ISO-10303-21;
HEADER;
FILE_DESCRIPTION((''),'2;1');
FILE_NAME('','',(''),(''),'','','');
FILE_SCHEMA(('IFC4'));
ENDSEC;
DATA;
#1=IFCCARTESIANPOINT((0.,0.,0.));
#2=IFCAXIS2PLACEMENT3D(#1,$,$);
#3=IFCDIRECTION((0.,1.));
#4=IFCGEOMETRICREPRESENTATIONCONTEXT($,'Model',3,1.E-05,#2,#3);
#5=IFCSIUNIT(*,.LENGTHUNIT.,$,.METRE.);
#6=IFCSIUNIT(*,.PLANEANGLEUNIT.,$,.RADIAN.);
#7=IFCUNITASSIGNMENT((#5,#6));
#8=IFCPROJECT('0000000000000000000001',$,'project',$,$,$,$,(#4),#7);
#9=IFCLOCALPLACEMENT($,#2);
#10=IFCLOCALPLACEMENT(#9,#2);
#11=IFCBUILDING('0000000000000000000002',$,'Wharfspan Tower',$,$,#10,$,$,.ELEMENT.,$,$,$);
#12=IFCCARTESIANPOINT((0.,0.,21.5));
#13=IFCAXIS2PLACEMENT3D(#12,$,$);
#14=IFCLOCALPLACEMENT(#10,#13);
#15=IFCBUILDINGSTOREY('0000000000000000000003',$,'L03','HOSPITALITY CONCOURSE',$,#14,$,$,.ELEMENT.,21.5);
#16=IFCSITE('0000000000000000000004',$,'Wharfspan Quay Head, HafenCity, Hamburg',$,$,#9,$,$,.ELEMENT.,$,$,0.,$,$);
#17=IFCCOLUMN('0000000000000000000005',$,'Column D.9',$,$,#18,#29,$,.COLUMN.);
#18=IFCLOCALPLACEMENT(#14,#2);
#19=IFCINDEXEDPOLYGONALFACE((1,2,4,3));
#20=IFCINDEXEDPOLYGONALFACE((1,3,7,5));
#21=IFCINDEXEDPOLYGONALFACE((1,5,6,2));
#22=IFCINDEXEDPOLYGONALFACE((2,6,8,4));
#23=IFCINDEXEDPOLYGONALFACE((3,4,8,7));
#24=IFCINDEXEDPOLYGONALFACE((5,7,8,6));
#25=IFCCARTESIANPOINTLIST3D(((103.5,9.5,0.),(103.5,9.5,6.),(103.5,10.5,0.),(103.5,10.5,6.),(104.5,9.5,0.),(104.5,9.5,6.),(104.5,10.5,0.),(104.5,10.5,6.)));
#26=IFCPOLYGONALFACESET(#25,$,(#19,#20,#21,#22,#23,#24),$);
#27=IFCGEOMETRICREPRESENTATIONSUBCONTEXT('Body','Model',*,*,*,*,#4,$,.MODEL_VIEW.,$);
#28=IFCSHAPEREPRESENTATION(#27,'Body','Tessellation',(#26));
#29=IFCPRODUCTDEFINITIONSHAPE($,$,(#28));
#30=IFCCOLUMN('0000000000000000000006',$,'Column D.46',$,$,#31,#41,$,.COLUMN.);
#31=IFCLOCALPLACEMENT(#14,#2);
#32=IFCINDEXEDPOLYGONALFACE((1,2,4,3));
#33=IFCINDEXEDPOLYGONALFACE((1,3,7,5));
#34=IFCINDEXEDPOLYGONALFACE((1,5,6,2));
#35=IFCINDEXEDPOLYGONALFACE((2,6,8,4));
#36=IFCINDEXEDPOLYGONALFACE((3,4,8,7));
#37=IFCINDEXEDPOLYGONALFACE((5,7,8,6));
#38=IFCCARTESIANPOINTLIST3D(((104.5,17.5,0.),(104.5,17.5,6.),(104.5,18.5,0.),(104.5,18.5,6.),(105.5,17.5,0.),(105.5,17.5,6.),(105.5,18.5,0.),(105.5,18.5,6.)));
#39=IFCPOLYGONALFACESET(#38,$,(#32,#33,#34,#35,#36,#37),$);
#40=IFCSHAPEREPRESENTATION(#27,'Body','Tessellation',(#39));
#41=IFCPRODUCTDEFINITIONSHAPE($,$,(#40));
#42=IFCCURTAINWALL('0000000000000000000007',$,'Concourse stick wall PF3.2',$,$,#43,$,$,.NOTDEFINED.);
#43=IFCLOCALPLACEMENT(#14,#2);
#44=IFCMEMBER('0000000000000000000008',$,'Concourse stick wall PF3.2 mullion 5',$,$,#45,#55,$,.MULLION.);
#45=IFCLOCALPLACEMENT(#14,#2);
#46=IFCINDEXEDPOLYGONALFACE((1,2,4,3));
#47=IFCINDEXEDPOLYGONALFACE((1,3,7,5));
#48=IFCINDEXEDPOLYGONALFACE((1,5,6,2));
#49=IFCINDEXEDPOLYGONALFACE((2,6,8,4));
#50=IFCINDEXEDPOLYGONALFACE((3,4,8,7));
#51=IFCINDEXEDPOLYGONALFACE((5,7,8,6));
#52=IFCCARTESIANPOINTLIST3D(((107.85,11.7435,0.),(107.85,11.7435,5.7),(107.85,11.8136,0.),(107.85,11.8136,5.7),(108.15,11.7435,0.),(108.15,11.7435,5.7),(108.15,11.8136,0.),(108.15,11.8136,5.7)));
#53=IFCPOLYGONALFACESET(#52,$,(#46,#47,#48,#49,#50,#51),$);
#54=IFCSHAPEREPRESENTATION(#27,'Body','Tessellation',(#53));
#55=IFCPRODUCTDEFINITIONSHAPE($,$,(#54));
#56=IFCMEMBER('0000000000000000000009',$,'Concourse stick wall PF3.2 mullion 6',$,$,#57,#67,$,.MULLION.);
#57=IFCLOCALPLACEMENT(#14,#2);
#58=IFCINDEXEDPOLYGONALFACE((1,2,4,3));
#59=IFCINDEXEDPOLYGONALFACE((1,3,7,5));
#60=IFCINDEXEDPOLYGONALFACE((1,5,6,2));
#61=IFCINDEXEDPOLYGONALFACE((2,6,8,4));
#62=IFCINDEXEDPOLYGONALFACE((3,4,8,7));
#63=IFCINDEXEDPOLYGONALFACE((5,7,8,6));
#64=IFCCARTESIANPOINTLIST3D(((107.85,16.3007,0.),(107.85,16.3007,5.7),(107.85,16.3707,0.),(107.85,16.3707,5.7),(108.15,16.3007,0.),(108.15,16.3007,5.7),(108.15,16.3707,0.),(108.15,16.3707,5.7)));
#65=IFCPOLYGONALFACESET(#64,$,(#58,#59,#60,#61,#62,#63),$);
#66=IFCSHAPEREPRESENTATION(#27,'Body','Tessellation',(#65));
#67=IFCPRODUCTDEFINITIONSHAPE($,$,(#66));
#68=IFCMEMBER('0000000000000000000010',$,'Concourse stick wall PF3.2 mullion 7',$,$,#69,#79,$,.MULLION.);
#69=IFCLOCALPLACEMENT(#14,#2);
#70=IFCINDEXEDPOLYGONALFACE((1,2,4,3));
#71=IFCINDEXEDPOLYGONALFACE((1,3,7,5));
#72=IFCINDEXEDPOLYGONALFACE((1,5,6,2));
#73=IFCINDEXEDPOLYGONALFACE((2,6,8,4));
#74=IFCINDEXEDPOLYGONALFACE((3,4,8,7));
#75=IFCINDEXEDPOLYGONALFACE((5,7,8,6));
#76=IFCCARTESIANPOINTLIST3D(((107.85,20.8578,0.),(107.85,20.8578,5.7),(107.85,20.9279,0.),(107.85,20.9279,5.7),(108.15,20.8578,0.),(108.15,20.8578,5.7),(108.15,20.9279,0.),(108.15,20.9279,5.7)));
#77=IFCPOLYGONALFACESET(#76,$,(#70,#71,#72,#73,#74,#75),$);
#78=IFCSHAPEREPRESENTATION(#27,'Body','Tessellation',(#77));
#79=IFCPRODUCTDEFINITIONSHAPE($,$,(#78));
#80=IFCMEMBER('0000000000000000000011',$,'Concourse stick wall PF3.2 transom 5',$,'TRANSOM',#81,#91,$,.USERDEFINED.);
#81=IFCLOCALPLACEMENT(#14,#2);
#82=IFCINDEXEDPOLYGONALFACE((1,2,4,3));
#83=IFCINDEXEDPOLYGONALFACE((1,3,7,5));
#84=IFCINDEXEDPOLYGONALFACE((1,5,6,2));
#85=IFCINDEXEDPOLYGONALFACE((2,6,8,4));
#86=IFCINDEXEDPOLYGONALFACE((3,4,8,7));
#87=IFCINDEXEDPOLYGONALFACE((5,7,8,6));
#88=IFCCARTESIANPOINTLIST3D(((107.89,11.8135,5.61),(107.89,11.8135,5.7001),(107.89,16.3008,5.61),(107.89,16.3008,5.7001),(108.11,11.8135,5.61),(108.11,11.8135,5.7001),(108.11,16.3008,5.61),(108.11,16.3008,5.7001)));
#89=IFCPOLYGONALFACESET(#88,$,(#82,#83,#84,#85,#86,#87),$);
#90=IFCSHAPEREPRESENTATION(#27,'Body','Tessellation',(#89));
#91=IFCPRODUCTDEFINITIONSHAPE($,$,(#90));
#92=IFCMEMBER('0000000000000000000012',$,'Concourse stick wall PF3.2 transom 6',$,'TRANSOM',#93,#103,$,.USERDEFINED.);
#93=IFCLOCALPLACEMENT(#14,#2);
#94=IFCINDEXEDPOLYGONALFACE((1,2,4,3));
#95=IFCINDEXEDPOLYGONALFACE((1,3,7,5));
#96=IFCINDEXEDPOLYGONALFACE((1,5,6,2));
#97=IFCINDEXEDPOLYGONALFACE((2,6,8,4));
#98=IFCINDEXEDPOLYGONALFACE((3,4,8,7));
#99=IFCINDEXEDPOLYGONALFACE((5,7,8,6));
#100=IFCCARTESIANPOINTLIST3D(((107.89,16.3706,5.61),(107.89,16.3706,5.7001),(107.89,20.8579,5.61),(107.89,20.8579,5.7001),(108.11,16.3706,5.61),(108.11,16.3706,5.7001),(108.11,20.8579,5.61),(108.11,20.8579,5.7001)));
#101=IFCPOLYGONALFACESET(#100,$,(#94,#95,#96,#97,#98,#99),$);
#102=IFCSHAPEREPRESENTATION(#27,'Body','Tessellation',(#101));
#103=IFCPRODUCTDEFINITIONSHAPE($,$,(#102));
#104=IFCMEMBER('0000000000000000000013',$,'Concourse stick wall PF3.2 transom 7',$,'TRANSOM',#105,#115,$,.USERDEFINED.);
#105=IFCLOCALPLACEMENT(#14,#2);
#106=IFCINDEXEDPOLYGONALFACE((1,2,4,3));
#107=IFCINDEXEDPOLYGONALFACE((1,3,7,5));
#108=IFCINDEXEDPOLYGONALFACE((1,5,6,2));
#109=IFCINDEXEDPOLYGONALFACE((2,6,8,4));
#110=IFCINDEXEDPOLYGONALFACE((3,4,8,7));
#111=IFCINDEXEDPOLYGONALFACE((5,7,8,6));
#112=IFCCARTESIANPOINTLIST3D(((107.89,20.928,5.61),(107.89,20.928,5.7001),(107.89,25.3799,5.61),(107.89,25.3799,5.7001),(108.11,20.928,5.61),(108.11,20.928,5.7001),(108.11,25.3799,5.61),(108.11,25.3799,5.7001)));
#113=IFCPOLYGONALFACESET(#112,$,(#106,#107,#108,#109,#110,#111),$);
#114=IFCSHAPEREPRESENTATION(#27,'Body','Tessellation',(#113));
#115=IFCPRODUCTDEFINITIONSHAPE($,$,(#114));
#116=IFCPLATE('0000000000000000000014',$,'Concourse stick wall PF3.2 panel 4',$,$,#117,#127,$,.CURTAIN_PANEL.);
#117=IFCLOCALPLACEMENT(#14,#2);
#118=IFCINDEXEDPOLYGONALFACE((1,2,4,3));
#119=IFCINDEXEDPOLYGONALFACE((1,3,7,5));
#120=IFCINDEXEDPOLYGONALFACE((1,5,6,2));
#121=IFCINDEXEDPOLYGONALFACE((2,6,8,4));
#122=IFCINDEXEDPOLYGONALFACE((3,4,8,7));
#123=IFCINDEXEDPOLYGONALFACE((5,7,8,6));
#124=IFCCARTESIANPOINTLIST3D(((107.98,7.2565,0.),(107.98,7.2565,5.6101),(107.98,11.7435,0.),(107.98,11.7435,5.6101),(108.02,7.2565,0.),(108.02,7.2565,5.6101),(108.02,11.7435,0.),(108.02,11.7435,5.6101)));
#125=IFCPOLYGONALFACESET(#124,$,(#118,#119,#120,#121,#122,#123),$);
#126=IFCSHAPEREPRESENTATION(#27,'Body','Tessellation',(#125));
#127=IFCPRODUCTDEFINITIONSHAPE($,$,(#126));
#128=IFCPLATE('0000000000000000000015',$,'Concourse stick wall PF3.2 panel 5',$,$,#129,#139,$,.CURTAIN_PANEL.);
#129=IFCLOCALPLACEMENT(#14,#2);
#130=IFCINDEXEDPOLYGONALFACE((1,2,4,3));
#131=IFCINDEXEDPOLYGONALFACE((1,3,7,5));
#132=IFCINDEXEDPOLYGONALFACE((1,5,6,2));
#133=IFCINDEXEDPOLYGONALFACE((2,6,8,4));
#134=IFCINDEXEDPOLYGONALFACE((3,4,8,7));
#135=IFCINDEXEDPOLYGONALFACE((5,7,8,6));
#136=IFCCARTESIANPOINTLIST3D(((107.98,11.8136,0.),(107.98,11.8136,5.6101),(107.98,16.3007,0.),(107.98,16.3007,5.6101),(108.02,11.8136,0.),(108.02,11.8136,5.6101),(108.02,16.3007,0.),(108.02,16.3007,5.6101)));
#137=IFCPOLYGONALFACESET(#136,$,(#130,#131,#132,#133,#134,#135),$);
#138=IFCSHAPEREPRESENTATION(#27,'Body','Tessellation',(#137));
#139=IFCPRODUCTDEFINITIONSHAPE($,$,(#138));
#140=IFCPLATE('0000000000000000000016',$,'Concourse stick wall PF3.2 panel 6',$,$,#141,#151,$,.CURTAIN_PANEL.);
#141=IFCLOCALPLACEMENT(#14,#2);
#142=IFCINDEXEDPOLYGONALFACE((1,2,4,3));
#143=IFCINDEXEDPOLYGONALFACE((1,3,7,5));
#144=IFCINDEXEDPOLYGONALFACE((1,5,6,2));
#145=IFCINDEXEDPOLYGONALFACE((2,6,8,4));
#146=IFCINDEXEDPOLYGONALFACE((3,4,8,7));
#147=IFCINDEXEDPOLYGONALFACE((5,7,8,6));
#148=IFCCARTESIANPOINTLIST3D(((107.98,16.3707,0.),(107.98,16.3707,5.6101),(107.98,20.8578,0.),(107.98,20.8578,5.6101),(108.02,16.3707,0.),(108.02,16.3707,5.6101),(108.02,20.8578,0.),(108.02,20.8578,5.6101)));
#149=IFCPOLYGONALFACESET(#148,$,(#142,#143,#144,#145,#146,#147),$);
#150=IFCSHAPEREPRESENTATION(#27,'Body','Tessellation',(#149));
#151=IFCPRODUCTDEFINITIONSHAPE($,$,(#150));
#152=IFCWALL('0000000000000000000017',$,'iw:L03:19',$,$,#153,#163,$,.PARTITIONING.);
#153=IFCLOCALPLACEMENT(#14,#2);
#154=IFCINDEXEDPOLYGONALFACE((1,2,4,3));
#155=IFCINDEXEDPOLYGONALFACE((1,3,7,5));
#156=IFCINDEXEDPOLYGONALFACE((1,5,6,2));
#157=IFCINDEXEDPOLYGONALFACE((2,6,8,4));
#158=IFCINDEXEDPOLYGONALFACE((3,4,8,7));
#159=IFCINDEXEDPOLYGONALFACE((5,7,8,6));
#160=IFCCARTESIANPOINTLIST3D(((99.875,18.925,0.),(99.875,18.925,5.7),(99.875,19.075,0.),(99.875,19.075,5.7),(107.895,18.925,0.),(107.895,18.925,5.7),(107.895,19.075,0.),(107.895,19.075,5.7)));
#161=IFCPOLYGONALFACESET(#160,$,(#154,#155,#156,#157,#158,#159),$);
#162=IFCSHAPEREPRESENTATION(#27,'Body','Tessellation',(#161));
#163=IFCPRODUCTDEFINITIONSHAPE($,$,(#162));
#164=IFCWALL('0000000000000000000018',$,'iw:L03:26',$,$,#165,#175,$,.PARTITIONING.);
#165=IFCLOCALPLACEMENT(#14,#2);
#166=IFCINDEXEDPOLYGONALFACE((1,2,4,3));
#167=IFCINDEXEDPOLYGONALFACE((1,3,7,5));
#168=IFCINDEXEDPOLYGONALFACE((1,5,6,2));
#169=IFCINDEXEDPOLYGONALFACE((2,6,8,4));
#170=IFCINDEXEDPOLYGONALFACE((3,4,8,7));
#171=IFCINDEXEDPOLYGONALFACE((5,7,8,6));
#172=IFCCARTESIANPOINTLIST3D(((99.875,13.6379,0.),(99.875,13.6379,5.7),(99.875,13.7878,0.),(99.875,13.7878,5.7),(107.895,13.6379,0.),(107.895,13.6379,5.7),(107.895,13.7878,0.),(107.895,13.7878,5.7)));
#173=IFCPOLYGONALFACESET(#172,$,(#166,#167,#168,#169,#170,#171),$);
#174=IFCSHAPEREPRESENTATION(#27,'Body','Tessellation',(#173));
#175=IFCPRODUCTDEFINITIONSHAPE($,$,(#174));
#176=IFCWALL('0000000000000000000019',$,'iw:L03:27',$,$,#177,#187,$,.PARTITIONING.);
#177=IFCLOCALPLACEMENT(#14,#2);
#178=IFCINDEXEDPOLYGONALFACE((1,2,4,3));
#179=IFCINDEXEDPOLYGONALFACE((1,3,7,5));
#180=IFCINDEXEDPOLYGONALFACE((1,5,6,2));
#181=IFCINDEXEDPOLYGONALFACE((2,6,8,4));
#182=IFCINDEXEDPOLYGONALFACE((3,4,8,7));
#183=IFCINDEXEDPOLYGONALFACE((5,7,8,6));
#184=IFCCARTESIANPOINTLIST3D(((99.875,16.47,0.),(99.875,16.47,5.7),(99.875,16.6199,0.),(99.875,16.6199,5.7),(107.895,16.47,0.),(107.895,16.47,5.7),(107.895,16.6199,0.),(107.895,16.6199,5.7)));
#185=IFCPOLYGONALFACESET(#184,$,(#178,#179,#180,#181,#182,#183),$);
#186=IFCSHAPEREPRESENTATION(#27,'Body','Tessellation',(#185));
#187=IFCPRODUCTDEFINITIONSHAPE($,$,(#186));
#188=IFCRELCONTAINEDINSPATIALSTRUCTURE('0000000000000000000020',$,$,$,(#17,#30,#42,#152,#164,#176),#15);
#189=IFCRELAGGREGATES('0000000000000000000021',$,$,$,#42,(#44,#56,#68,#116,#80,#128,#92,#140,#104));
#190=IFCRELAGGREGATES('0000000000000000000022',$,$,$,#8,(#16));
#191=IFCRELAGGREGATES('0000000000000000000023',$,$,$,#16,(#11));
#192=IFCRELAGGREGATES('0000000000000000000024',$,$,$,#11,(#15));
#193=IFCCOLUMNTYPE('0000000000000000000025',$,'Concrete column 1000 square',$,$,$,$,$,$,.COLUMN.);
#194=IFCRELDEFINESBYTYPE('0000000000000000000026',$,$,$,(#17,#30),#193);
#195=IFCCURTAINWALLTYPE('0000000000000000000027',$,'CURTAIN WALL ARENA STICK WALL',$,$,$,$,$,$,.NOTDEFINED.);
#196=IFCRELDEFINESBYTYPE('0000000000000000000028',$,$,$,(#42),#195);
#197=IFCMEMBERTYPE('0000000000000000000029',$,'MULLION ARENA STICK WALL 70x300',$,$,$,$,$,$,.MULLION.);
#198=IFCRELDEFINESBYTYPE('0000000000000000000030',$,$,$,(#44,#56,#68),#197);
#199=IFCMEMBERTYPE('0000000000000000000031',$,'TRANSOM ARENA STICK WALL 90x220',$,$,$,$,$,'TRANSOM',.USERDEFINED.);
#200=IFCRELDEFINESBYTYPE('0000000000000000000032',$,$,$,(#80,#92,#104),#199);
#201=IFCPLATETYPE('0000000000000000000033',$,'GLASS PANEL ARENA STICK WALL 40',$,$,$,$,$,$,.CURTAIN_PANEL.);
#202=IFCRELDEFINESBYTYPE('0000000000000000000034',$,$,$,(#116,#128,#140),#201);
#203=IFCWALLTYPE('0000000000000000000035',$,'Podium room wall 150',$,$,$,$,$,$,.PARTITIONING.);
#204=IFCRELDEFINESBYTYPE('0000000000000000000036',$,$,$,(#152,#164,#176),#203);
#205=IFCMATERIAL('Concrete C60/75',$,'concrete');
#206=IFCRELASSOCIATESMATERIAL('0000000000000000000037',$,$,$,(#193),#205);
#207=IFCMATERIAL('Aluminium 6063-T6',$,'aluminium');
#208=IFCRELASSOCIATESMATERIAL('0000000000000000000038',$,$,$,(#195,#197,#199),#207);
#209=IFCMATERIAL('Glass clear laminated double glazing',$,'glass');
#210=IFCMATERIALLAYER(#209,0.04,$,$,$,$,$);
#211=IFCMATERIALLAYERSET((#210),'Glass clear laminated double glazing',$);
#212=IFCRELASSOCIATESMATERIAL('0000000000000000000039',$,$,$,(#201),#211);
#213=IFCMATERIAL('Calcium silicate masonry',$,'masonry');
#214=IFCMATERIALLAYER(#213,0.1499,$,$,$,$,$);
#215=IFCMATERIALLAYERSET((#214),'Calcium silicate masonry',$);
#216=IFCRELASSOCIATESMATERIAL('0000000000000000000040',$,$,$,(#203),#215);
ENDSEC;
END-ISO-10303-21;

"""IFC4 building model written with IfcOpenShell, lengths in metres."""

from ifc_helpers import new_model, si_unit, direction, frame, frame_2d, origin, origin_2d, place, context, subcontext, project, spatial, rectangle, extrude, material, layer, layer_set, material_profile, profile_set, type_object, element, aggregate, save


model = new_model("IFC4")

# Units and contexts
model_context = context("Model", 3, precision=1e-05, world=origin(), true_north=direction((0.0, 1.0)))
body_context = subcontext(model_context, "Body", "Model", "MODEL_VIEW")
ifc_project = project(units=[si_unit("LENGTHUNIT", "METRE"), si_unit("PLANEANGLEUNIT", "RADIAN")], contexts=[model_context])

# Site, building, storey
site_placement = place(None, origin())
site = spatial("IfcSite", under=ifc_project, at=site_placement, Name="Wharfspan Quay Head, HafenCity, Hamburg", CompositionType="ELEMENT", RefElevation=0.0)
building_placement = place(site_placement, origin())
building = spatial("IfcBuilding", under=site, at=building_placement, Name="Wharfspan Tower", CompositionType="ELEMENT")
storey_placement = place(building_placement, frame((0.0, 0.0, 21.5)))
storey = spatial("IfcBuildingStorey", under=building, at=storey_placement, Name="L03", Description="HOSPITALITY CONCOURSE", CompositionType="ELEMENT", Elevation=21.5)

# Columns
ifc_material_1 = material(Name="Concrete C60/75", Category="concrete")
ifc_material_profile_1 = material_profile(ifc_material_1, rectangle(XDim=1.0, YDim=1.0, at=origin_2d()))
ifc_profile_set_1 = profile_set([ifc_material_profile_1], Name="Concrete C60/75")
column_type = type_object("IfcColumnType", Name="Concrete column 1000 square", PredefinedType="COLUMN", material=ifc_profile_set_1)
for number, where, z_axis, x_axis, name in (
    (1, (104.0, 10.0, 0.0), (0.0, 0.0, 1.0), (1.0, 0.0, 0.0), "Column D.9"),
    (2, (105.0, 18.0, 0.0), (0.0, 0.0, 1.0), (1.0, 0.0, 0.0), "Column D.46"),
):
    element("IfcColumn", number, at=place(storey_placement, frame(where, z_axis=z_axis, x_axis=x_axis)), inside=storey, type_object=column_type, Name=name, PredefinedType="COLUMN", context=body_context, shape_type="SweptSolid", body=[
        extrude(rectangle(XDim=1.0, YDim=1.0, at=origin_2d()), origin(), (0.0, 0.0, 1.0), 6.0),
    ])

# Curtain wall, members, plates
ifc_material_2 = material(Name="Aluminium 6063-T6", Category="aluminium")
curtain_wall_type = type_object("IfcCurtainWallType", Name="CURTAIN WALL ARENA STICK WALL", PredefinedType="NOTDEFINED", material=ifc_material_2)
curtain_wall_placement = place(storey_placement, origin())
curtain_wall = element("IfcCurtainWall", 3, at=curtain_wall_placement, inside=storey, type_object=curtain_wall_type, Name="Concourse stick wall PF3.2", PredefinedType="NOTDEFINED")
ifc_material_profile_2 = material_profile(ifc_material_2, rectangle(XDim=0.3, YDim=0.0701, at=origin_2d()))
ifc_profile_set_2 = profile_set([ifc_material_profile_2], Name="Aluminium 6063-T6")
member_type_1 = type_object("IfcMemberType", Name="MULLION ARENA STICK WALL 70x300", PredefinedType="MULLION", material=ifc_profile_set_2)
member_1_placement = place(storey_placement, frame((108.0, 11.7786, 0.0), z_axis=(0.0, 0.0, 1.0), x_axis=(-1.0, 0.0, 0.0)))
member_1 = element("IfcMember", 4, at=member_1_placement, type_object=member_type_1, Name="Concourse stick wall PF3.2 mullion 5", PredefinedType="MULLION", context=body_context, shape_type="SweptSolid", body=[
    extrude(rectangle(XDim=0.3, YDim=0.0701, at=origin_2d()), origin(), (0.0, 0.0, 1.0), 5.7),
])
member_2_placement = place(storey_placement, frame((108.0, 16.3357, 0.0), z_axis=(0.0, 0.0, 1.0), x_axis=(-1.0, 0.0, 0.0)))
member_2 = element("IfcMember", 5, at=member_2_placement, type_object=member_type_1, Name="Concourse stick wall PF3.2 mullion 6", PredefinedType="MULLION", context=body_context, shape_type="SweptSolid", body=[
    extrude(rectangle(XDim=0.3, YDim=0.0701, at=origin_2d()), origin(), (0.0, 0.0, 1.0), 5.7),
])
member_3_placement = place(storey_placement, frame((108.0, 20.8928, 0.0), z_axis=(0.0, 0.0, 1.0), x_axis=(-1.0, 0.0, 0.0)))
member_3 = element("IfcMember", 6, at=member_3_placement, type_object=member_type_1, Name="Concourse stick wall PF3.2 mullion 7", PredefinedType="MULLION", context=body_context, shape_type="SweptSolid", body=[
    extrude(rectangle(XDim=0.3, YDim=0.0701, at=origin_2d()), origin(), (0.0, 0.0, 1.0), 5.7),
])
ifc_material_profile_3 = material_profile(ifc_material_2, rectangle(XDim=0.22, YDim=0.0901, at=origin_2d()))
ifc_profile_set_3 = profile_set([ifc_material_profile_3], Name="Aluminium 6063-T6")
member_type_2 = type_object("IfcMemberType", Name="TRANSOM ARENA STICK WALL 90x220", ElementType="TRANSOM", PredefinedType="USERDEFINED", material=ifc_profile_set_3)
member_4_placement = place(storey_placement, frame((108.0, 11.8135, 5.655), z_axis=(0.0, 1.0, 0.0), x_axis=(-1.0, 0.0, 0.0)))
member_4 = element("IfcMember", 7, at=member_4_placement, type_object=member_type_2, Name="Concourse stick wall PF3.2 transom 5", ObjectType="TRANSOM", PredefinedType="USERDEFINED", context=body_context, shape_type="SweptSolid", body=[
    extrude(rectangle(XDim=0.22, YDim=0.0901, at=origin_2d()), origin(), (0.0, 0.0, 1.0), 4.4873),
])
member_5_placement = place(storey_placement, frame((108.0, 16.3706, 5.655), z_axis=(0.0, 1.0, 0.0), x_axis=(-1.0, 0.0, 0.0)))
member_5 = element("IfcMember", 8, at=member_5_placement, type_object=member_type_2, Name="Concourse stick wall PF3.2 transom 6", ObjectType="TRANSOM", PredefinedType="USERDEFINED", context=body_context, shape_type="SweptSolid", body=[
    extrude(rectangle(XDim=0.22, YDim=0.0901, at=origin_2d()), origin(), (0.0, 0.0, 1.0), 4.4873),
])
member_6_placement = place(storey_placement, frame((108.0, 20.928, 5.655), z_axis=(0.0, 1.0, 0.0), x_axis=(-1.0, 0.0, 0.0)))
member_6 = element("IfcMember", 9, at=member_6_placement, type_object=member_type_2, Name="Concourse stick wall PF3.2 transom 7", ObjectType="TRANSOM", PredefinedType="USERDEFINED", context=body_context, shape_type="SweptSolid", body=[
    extrude(rectangle(XDim=0.22, YDim=0.0901, at=origin_2d()), origin(), (0.0, 0.0, 1.0), 4.4519),
])
ifc_material_3 = material(Name="Glass clear laminated double glazing", Category="glass")
ifc_layer_1 = layer(ifc_material_3, 0.04)
ifc_layer_set_1 = layer_set([ifc_layer_1], Name="Glass clear laminated double glazing")
plate_type = type_object("IfcPlateType", Name="GLASS PANEL ARENA STICK WALL 40", PredefinedType="CURTAIN_PANEL", material=ifc_layer_set_1)
plate_1_placement = place(storey_placement, frame((108.0, 9.5, 0.0), z_axis=(0.0, 0.0, 1.0), x_axis=(0.0, 1.0, 0.0)))
plate_1 = element("IfcPlate", 10, at=plate_1_placement, type_object=plate_type, Name="Concourse stick wall PF3.2 panel 4", PredefinedType="CURTAIN_PANEL", context=body_context, shape_type="SweptSolid", body=[
    extrude(rectangle(XDim=4.4871, YDim=0.04, at=origin_2d()), origin(), (0.0, 0.0, 1.0), 5.6101),
])
plate_2_placement = place(storey_placement, frame((108.0, 14.0571, 0.0), z_axis=(0.0, 0.0, 1.0), x_axis=(0.0, 1.0, 0.0)))
plate_2 = element("IfcPlate", 11, at=plate_2_placement, type_object=plate_type, Name="Concourse stick wall PF3.2 panel 5", PredefinedType="CURTAIN_PANEL", context=body_context, shape_type="SweptSolid", body=[
    extrude(rectangle(XDim=4.4871, YDim=0.04, at=origin_2d()), origin(), (0.0, 0.0, 1.0), 5.6101),
])
plate_3_placement = place(storey_placement, frame((108.0, 18.6143, 0.0), z_axis=(0.0, 0.0, 1.0), x_axis=(0.0, 1.0, 0.0)))
plate_3 = element("IfcPlate", 12, at=plate_3_placement, type_object=plate_type, Name="Concourse stick wall PF3.2 panel 6", PredefinedType="CURTAIN_PANEL", context=body_context, shape_type="SweptSolid", body=[
    extrude(rectangle(XDim=4.4871, YDim=0.04, at=origin_2d()), origin(), (0.0, 0.0, 1.0), 5.6101),
])
aggregate(curtain_wall, [member_1, member_2, member_3, plate_1, member_4, plate_2, member_5, plate_3, member_6])

# Walls
ifc_material_4 = material(Name="Calcium silicate masonry", Category="masonry")
ifc_layer_2 = layer(ifc_material_4, 0.1499)
ifc_layer_set_2 = layer_set([ifc_layer_2], Name="Calcium silicate masonry")
wall_type_1 = type_object("IfcWallType", Name="Podium room wall 150", PredefinedType="PARTITIONING", material=ifc_layer_set_2)
for number, where, z_axis, x_axis, name in (
    (13, (99.875, 19.0, 0.0), (0.0, 0.0, 1.0), (1.0, 0.0, 0.0), "iw:L03:19"),
    (14, (99.875, 13.7129, 0.0), (0.0, 0.0, 1.0), (1.0, 0.0, 0.0), "iw:L03:26"),
    (15, (99.875, 16.5449, 0.0), (0.0, 0.0, 1.0), (1.0, 0.0, 0.0), "iw:L03:27"),
):
    element("IfcWall", number, at=place(storey_placement, frame(where, z_axis=z_axis, x_axis=x_axis)), inside=storey, type_object=wall_type_1, Name=name, PredefinedType="PARTITIONING", context=body_context, shape_type="SweptSolid", body=[
        extrude(rectangle(XDim=8.02, YDim=0.1499, at=frame_2d((4.01, 0.0))), origin(), (0.0, 0.0, 1.0), 5.7),
    ])

save(model, "model.ifc")
